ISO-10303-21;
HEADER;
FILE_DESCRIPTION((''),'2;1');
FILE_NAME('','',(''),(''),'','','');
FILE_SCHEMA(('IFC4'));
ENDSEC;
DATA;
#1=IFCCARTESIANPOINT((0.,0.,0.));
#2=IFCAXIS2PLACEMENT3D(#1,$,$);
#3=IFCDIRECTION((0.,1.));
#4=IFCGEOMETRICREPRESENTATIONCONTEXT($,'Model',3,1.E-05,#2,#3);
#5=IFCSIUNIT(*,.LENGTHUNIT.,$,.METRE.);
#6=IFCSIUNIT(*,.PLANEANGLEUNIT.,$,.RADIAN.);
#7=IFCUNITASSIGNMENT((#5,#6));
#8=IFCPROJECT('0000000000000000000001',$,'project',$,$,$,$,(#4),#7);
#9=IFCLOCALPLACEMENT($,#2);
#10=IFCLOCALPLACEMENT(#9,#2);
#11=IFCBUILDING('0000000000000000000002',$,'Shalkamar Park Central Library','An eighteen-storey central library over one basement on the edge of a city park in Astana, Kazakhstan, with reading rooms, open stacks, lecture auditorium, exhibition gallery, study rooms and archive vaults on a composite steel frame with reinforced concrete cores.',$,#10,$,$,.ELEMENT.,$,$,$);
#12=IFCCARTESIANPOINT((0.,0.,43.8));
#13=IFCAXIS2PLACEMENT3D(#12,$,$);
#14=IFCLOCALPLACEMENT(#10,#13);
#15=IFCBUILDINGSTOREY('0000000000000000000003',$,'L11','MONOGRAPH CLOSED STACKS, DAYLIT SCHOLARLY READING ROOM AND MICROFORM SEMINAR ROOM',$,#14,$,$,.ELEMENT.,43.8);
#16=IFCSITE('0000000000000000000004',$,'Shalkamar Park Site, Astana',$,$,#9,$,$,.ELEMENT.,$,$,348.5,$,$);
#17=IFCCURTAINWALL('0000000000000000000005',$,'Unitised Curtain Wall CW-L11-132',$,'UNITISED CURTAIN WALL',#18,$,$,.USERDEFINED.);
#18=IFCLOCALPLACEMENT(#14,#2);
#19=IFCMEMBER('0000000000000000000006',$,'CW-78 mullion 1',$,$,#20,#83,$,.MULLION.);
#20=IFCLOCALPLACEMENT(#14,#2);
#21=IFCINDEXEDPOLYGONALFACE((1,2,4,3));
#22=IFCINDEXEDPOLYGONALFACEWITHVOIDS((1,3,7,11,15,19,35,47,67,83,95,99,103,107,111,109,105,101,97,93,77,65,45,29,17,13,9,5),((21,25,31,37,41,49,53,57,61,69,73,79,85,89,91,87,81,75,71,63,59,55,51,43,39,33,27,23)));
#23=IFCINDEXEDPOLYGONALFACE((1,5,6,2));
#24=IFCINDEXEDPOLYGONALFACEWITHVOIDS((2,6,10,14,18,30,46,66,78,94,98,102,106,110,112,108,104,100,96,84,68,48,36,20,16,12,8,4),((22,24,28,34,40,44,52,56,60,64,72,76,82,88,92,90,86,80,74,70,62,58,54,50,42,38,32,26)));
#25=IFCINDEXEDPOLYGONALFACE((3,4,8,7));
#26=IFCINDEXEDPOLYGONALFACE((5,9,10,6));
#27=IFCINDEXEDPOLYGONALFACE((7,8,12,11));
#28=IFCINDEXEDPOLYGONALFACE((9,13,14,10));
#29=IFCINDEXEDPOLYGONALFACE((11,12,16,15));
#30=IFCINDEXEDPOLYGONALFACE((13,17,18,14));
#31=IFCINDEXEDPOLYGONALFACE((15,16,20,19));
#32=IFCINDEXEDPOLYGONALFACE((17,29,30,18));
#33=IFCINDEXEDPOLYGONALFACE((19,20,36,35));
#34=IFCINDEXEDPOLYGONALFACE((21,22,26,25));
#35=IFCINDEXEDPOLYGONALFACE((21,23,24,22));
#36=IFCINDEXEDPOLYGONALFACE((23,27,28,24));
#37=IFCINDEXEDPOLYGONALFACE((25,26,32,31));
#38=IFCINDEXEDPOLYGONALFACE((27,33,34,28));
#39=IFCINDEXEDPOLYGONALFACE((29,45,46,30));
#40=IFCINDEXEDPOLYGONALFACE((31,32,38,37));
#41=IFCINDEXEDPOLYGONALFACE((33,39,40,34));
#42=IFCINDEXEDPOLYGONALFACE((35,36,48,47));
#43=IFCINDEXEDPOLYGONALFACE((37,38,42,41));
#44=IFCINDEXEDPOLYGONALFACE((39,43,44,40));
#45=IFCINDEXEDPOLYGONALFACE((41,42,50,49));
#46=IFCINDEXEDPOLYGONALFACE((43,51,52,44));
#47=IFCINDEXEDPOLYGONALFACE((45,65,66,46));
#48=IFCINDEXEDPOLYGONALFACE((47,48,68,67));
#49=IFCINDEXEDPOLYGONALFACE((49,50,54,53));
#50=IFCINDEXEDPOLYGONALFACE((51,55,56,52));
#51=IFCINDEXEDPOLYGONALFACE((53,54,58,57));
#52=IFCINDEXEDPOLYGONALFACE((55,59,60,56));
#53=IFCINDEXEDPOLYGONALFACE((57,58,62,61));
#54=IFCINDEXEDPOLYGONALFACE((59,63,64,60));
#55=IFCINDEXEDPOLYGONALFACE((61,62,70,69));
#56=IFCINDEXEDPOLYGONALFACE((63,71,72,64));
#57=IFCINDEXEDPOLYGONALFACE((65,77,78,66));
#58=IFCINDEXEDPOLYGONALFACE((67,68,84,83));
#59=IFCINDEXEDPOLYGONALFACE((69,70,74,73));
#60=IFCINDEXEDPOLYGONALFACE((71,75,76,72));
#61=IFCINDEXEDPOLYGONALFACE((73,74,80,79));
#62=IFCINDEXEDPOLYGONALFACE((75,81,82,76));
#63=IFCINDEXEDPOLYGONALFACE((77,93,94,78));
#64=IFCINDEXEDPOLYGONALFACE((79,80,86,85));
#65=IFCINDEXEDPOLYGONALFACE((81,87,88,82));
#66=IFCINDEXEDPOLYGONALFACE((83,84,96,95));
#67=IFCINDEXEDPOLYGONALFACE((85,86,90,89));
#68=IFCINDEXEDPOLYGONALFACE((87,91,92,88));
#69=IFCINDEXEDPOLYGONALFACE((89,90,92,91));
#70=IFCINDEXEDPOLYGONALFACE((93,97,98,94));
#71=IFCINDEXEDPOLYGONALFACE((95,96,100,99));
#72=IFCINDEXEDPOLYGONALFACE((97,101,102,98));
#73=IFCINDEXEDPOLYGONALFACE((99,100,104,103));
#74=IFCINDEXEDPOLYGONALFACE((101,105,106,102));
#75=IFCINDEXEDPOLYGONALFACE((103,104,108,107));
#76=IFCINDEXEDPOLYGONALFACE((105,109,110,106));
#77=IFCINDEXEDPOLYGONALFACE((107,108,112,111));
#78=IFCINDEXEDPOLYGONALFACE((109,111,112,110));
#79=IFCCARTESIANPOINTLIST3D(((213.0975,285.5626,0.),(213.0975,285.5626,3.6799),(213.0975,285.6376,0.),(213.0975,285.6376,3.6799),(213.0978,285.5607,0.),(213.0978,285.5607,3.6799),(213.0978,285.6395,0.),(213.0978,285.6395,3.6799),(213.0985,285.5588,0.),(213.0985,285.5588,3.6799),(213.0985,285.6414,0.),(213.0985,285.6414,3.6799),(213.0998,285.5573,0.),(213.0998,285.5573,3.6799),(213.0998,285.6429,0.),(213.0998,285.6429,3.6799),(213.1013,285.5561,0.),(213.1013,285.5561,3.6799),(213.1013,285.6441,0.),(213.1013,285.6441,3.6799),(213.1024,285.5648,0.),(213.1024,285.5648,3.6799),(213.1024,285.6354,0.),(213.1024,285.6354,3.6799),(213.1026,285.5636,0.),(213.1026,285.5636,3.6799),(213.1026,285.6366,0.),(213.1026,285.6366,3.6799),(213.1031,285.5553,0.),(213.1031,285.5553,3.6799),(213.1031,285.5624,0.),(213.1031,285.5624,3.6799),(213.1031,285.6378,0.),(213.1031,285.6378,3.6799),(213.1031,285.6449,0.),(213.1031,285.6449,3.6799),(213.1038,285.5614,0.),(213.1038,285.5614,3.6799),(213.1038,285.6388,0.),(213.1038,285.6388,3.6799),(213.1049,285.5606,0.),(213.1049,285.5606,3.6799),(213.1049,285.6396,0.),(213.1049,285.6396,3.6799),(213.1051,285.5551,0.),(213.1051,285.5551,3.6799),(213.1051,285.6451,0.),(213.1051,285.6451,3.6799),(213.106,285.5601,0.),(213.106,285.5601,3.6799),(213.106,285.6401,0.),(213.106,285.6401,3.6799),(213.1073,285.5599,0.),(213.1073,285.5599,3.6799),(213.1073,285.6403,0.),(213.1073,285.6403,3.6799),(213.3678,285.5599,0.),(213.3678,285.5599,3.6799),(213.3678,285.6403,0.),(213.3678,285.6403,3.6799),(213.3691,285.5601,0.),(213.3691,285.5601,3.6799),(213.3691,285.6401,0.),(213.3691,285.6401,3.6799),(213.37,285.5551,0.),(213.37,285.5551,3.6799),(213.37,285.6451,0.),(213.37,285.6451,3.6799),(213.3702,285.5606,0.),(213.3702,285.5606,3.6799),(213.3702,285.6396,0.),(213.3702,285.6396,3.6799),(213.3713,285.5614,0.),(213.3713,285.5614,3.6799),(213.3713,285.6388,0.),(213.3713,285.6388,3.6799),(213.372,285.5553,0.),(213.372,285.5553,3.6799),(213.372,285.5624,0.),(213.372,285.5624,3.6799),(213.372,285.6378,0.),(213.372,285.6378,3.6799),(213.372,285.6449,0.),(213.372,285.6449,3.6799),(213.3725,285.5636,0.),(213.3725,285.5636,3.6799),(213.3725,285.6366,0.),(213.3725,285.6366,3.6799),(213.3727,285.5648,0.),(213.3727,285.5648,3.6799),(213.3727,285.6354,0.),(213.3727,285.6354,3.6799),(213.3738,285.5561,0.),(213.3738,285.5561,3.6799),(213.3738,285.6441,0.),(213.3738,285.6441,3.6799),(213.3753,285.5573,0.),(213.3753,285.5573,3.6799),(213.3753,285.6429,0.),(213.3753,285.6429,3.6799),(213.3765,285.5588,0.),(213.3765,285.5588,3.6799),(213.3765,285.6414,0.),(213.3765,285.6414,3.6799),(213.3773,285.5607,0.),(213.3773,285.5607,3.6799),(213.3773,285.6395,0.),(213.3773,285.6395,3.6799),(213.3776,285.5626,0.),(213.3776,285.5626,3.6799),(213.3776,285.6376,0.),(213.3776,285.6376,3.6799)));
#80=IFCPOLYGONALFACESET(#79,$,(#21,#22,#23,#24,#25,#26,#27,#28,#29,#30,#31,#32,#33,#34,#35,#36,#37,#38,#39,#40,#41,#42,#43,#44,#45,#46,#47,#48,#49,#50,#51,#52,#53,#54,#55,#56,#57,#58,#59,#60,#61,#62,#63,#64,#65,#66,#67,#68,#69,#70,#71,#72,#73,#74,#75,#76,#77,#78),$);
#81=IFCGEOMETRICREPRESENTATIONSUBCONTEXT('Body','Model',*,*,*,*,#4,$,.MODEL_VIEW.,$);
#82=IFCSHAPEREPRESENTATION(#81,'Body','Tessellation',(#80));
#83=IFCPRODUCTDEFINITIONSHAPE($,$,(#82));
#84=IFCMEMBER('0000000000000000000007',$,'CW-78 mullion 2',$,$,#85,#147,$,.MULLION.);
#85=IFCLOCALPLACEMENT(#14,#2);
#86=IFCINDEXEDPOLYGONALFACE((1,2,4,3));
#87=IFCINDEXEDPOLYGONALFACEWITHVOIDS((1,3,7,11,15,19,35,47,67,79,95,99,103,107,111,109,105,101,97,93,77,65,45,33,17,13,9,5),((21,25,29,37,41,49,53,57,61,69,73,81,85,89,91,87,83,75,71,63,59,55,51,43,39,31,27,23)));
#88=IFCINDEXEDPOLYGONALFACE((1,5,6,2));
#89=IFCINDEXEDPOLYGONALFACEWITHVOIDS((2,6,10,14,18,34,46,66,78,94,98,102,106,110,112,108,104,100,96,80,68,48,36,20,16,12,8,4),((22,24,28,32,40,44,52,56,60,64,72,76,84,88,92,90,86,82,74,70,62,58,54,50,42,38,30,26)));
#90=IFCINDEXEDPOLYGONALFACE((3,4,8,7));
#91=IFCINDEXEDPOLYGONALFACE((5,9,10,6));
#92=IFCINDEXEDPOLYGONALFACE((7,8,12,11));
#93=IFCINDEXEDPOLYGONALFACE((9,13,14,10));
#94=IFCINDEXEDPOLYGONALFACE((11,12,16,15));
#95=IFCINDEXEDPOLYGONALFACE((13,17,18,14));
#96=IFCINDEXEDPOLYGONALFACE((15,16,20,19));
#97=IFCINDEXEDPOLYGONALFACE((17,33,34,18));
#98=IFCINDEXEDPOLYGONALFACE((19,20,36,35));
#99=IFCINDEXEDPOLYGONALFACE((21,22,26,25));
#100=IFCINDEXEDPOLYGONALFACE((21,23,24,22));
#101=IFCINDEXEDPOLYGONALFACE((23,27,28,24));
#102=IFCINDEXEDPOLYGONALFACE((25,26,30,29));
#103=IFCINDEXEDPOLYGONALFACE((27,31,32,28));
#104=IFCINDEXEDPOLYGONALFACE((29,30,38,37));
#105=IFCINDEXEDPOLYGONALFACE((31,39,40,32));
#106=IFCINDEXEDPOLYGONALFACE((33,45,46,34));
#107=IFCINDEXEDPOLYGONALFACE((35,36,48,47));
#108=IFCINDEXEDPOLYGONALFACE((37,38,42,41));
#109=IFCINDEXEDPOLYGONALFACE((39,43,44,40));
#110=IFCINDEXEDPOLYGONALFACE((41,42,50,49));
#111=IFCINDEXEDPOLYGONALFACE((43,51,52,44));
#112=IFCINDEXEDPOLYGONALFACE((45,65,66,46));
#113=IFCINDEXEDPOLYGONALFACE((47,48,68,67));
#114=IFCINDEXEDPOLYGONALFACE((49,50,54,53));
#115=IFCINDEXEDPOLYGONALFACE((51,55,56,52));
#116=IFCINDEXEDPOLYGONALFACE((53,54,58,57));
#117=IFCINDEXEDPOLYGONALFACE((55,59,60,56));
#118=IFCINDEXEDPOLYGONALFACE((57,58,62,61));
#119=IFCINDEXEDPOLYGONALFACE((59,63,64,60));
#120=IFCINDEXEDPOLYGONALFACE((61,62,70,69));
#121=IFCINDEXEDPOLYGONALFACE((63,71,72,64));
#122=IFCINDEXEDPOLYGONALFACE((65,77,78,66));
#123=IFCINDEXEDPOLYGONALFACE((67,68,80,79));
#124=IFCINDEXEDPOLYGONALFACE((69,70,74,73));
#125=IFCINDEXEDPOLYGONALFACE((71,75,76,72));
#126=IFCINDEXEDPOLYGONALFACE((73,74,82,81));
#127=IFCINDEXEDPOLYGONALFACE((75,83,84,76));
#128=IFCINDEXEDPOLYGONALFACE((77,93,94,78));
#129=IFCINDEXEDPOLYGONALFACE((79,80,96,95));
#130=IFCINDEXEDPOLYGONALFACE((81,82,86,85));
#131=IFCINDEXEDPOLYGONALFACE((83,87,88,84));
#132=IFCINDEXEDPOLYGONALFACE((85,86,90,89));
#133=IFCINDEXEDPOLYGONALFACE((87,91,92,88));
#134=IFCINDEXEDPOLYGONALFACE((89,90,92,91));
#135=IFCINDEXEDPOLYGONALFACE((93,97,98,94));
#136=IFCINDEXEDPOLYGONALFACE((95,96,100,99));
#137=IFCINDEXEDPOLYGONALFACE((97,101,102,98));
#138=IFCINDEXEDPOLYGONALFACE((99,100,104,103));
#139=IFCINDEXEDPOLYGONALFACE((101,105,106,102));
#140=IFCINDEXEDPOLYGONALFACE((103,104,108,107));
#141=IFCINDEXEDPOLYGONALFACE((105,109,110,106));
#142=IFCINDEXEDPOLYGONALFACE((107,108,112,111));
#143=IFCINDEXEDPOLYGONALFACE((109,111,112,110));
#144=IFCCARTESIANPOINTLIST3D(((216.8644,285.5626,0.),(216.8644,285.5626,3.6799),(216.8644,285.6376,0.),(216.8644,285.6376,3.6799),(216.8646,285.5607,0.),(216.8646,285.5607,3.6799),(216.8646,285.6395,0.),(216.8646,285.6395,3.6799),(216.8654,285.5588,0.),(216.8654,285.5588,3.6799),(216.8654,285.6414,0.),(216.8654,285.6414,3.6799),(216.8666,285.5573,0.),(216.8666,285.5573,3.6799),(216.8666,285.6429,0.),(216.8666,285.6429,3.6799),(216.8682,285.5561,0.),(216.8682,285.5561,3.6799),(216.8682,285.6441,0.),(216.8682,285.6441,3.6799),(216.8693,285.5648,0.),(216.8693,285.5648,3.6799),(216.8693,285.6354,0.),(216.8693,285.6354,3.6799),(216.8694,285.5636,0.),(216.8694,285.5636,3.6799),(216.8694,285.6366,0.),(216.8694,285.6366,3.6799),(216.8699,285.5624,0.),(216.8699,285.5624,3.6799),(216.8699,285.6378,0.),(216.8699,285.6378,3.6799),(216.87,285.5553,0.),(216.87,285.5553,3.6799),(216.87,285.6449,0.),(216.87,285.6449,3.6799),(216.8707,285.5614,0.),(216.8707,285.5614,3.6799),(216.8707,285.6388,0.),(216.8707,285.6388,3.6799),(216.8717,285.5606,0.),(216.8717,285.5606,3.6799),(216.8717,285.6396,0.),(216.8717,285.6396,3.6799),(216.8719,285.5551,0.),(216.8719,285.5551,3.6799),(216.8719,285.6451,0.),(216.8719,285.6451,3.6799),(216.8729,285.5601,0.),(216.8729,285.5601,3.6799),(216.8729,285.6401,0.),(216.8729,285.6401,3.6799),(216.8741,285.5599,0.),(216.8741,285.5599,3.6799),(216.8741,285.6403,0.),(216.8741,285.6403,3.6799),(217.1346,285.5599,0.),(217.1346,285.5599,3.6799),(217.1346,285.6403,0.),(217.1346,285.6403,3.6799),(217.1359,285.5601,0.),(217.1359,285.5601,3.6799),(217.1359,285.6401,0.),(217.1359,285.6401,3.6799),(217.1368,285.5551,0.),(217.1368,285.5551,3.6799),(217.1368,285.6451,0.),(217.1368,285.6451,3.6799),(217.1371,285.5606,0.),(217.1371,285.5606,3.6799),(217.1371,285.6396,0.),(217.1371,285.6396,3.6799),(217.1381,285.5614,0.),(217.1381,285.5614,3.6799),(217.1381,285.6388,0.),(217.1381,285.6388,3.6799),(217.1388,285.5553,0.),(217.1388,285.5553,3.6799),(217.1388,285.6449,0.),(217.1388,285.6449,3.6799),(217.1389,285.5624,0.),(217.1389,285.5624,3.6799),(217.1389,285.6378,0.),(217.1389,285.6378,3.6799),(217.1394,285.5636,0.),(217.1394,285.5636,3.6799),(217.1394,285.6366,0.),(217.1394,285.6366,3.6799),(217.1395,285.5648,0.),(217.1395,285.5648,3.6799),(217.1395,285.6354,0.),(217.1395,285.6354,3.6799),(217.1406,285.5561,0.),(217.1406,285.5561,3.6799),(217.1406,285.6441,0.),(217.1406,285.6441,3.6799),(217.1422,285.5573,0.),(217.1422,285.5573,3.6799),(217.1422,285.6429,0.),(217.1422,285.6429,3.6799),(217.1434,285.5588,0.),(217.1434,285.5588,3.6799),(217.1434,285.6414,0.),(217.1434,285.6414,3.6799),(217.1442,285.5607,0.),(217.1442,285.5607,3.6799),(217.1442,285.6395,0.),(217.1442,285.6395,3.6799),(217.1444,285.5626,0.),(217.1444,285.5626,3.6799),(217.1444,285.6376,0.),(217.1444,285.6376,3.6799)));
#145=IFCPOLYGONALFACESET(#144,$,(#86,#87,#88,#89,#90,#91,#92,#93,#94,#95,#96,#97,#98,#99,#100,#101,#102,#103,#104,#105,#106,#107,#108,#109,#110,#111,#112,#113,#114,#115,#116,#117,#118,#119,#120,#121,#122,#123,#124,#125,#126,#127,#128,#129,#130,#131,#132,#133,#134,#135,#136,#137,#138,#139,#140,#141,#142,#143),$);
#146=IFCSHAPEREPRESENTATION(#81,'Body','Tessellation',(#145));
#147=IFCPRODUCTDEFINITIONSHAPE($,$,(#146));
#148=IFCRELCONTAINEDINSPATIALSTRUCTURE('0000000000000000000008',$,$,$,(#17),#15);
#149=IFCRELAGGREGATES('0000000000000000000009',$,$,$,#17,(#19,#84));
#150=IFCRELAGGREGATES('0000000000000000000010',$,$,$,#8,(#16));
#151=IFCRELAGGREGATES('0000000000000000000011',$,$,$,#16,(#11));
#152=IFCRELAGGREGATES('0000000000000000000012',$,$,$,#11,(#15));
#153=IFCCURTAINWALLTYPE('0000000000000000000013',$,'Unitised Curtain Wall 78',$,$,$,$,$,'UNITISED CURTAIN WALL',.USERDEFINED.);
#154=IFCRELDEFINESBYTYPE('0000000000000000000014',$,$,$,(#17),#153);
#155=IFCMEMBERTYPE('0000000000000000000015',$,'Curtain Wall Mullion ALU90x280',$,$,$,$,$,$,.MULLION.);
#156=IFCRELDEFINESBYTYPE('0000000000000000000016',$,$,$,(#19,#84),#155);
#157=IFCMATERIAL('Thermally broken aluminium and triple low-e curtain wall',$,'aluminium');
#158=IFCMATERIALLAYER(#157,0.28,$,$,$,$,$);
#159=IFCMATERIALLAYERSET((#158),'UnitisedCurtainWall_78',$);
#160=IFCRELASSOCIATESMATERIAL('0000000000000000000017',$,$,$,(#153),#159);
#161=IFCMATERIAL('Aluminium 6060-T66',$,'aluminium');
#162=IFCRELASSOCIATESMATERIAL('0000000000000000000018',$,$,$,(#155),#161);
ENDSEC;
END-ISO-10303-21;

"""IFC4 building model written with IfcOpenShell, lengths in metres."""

from ifc_helpers import new_model, si_unit, direction, frame, origin, origin_2d, place, context, subcontext, project, spatial, hollow_rectangle, extrude, material, layer, layer_set, material_profile, profile_set, type_object, element, aggregate, save


model = new_model("IFC4")

# Units and contexts
model_context = context("Model", 3, precision=1e-05, world=origin(), true_north=direction((0.0, 1.0)))
body_context = subcontext(model_context, "Body", "Model", "MODEL_VIEW")
ifc_project = project(units=[si_unit("LENGTHUNIT", "METRE"), si_unit("PLANEANGLEUNIT", "RADIAN")], contexts=[model_context])

# Site, building, storey
site_placement = place(None, origin())
site = spatial("IfcSite", under=ifc_project, at=site_placement, Name="Shalkamar Park Site, Astana", CompositionType="ELEMENT", RefElevation=348.5)
building_placement = place(site_placement, origin())
building = spatial("IfcBuilding", under=site, at=building_placement, Name="Shalkamar Park Central Library", Description="An eighteen-storey central library over one basement on the edge of a city park in Astana, Kazakhstan, with reading rooms, open stacks, lecture auditorium, exhibition gallery, study rooms and archive vaults on a composite steel frame with reinforced concrete cores.", CompositionType="ELEMENT")
storey_placement = place(building_placement, frame((0.0, 0.0, 43.8)))
storey = spatial("IfcBuildingStorey", under=building, at=storey_placement, Name="L11", Description="MONOGRAPH CLOSED STACKS, DAYLIT SCHOLARLY READING ROOM AND MICROFORM SEMINAR ROOM", CompositionType="ELEMENT", Elevation=43.8)

# Shared definitions
ifc_material_1 = material(Name="Thermally broken aluminium and triple low-e curtain wall", Category="aluminium")
ifc_material_2 = material(Name="Aluminium 6060-T66", Category="aluminium")

# Curtain wall, members
ifc_layer_1 = layer(ifc_material_1, 0.28)
ifc_layer_set_1 = layer_set([ifc_layer_1], Name="UnitisedCurtainWall_78")
curtain_wall_type_1 = type_object("IfcCurtainWallType", Name="Unitised Curtain Wall 78", ElementType="UNITISED CURTAIN WALL", PredefinedType="USERDEFINED", material=ifc_layer_set_1)
curtain_wall_1_placement = place(storey_placement, origin())
curtain_wall_1 = element("IfcCurtainWall", 1, at=curtain_wall_1_placement, inside=storey, type_object=curtain_wall_type_1, Name="Unitised Curtain Wall CW-L11-132", ObjectType="UNITISED CURTAIN WALL", PredefinedType="USERDEFINED")
ifc_material_profile_1 = material_profile(ifc_material_2, hollow_rectangle(XDim=0.0901, YDim=0.28, WallThickness=0.0049, InnerFilletRadius=0.0049, OuterFilletRadius=0.0076, at=origin_2d()), Name="ALU 90x280x5")
ifc_profile_set_1 = profile_set([ifc_material_profile_1], Name="Aluminium 6060-T66")
member_type_1 = type_object("IfcMemberType", Name="Curtain Wall Mullion ALU90x280", PredefinedType="MULLION", material=ifc_profile_set_1)
member_1_placement = place(storey_placement, frame((213.2375, 285.6001, 0.0), z_axis=(0.0, 0.0, 1.0), x_axis=(0.0, 1.0, 0.0)))
member_1 = element("IfcMember", 2, at=member_1_placement, type_object=member_type_1, Name="CW-78 mullion 1", PredefinedType="MULLION", context=body_context, shape_type="SweptSolid", body=[
    extrude(hollow_rectangle(XDim=0.0901, YDim=0.28, WallThickness=0.0049, InnerFilletRadius=0.0049, OuterFilletRadius=0.0076, at=origin_2d()), origin(), (0.0, 0.0, 1.0), 3.6799),
])
member_2_placement = place(storey_placement, frame((217.0044, 285.6001, 0.0), z_axis=(0.0, 0.0, 1.0), x_axis=(0.0, 1.0, 0.0)))
member_2 = element("IfcMember", 3, at=member_2_placement, type_object=member_type_1, Name="CW-78 mullion 2", PredefinedType="MULLION", context=body_context, shape_type="SweptSolid", body=[
    extrude(hollow_rectangle(XDim=0.0901, YDim=0.28, WallThickness=0.0049, InnerFilletRadius=0.0049, OuterFilletRadius=0.0076, at=origin_2d()), origin(), (0.0, 0.0, 1.0), 3.6799),
])

aggregate(curtain_wall_1, [member_1, member_2])

save(model, "model.ifc")
